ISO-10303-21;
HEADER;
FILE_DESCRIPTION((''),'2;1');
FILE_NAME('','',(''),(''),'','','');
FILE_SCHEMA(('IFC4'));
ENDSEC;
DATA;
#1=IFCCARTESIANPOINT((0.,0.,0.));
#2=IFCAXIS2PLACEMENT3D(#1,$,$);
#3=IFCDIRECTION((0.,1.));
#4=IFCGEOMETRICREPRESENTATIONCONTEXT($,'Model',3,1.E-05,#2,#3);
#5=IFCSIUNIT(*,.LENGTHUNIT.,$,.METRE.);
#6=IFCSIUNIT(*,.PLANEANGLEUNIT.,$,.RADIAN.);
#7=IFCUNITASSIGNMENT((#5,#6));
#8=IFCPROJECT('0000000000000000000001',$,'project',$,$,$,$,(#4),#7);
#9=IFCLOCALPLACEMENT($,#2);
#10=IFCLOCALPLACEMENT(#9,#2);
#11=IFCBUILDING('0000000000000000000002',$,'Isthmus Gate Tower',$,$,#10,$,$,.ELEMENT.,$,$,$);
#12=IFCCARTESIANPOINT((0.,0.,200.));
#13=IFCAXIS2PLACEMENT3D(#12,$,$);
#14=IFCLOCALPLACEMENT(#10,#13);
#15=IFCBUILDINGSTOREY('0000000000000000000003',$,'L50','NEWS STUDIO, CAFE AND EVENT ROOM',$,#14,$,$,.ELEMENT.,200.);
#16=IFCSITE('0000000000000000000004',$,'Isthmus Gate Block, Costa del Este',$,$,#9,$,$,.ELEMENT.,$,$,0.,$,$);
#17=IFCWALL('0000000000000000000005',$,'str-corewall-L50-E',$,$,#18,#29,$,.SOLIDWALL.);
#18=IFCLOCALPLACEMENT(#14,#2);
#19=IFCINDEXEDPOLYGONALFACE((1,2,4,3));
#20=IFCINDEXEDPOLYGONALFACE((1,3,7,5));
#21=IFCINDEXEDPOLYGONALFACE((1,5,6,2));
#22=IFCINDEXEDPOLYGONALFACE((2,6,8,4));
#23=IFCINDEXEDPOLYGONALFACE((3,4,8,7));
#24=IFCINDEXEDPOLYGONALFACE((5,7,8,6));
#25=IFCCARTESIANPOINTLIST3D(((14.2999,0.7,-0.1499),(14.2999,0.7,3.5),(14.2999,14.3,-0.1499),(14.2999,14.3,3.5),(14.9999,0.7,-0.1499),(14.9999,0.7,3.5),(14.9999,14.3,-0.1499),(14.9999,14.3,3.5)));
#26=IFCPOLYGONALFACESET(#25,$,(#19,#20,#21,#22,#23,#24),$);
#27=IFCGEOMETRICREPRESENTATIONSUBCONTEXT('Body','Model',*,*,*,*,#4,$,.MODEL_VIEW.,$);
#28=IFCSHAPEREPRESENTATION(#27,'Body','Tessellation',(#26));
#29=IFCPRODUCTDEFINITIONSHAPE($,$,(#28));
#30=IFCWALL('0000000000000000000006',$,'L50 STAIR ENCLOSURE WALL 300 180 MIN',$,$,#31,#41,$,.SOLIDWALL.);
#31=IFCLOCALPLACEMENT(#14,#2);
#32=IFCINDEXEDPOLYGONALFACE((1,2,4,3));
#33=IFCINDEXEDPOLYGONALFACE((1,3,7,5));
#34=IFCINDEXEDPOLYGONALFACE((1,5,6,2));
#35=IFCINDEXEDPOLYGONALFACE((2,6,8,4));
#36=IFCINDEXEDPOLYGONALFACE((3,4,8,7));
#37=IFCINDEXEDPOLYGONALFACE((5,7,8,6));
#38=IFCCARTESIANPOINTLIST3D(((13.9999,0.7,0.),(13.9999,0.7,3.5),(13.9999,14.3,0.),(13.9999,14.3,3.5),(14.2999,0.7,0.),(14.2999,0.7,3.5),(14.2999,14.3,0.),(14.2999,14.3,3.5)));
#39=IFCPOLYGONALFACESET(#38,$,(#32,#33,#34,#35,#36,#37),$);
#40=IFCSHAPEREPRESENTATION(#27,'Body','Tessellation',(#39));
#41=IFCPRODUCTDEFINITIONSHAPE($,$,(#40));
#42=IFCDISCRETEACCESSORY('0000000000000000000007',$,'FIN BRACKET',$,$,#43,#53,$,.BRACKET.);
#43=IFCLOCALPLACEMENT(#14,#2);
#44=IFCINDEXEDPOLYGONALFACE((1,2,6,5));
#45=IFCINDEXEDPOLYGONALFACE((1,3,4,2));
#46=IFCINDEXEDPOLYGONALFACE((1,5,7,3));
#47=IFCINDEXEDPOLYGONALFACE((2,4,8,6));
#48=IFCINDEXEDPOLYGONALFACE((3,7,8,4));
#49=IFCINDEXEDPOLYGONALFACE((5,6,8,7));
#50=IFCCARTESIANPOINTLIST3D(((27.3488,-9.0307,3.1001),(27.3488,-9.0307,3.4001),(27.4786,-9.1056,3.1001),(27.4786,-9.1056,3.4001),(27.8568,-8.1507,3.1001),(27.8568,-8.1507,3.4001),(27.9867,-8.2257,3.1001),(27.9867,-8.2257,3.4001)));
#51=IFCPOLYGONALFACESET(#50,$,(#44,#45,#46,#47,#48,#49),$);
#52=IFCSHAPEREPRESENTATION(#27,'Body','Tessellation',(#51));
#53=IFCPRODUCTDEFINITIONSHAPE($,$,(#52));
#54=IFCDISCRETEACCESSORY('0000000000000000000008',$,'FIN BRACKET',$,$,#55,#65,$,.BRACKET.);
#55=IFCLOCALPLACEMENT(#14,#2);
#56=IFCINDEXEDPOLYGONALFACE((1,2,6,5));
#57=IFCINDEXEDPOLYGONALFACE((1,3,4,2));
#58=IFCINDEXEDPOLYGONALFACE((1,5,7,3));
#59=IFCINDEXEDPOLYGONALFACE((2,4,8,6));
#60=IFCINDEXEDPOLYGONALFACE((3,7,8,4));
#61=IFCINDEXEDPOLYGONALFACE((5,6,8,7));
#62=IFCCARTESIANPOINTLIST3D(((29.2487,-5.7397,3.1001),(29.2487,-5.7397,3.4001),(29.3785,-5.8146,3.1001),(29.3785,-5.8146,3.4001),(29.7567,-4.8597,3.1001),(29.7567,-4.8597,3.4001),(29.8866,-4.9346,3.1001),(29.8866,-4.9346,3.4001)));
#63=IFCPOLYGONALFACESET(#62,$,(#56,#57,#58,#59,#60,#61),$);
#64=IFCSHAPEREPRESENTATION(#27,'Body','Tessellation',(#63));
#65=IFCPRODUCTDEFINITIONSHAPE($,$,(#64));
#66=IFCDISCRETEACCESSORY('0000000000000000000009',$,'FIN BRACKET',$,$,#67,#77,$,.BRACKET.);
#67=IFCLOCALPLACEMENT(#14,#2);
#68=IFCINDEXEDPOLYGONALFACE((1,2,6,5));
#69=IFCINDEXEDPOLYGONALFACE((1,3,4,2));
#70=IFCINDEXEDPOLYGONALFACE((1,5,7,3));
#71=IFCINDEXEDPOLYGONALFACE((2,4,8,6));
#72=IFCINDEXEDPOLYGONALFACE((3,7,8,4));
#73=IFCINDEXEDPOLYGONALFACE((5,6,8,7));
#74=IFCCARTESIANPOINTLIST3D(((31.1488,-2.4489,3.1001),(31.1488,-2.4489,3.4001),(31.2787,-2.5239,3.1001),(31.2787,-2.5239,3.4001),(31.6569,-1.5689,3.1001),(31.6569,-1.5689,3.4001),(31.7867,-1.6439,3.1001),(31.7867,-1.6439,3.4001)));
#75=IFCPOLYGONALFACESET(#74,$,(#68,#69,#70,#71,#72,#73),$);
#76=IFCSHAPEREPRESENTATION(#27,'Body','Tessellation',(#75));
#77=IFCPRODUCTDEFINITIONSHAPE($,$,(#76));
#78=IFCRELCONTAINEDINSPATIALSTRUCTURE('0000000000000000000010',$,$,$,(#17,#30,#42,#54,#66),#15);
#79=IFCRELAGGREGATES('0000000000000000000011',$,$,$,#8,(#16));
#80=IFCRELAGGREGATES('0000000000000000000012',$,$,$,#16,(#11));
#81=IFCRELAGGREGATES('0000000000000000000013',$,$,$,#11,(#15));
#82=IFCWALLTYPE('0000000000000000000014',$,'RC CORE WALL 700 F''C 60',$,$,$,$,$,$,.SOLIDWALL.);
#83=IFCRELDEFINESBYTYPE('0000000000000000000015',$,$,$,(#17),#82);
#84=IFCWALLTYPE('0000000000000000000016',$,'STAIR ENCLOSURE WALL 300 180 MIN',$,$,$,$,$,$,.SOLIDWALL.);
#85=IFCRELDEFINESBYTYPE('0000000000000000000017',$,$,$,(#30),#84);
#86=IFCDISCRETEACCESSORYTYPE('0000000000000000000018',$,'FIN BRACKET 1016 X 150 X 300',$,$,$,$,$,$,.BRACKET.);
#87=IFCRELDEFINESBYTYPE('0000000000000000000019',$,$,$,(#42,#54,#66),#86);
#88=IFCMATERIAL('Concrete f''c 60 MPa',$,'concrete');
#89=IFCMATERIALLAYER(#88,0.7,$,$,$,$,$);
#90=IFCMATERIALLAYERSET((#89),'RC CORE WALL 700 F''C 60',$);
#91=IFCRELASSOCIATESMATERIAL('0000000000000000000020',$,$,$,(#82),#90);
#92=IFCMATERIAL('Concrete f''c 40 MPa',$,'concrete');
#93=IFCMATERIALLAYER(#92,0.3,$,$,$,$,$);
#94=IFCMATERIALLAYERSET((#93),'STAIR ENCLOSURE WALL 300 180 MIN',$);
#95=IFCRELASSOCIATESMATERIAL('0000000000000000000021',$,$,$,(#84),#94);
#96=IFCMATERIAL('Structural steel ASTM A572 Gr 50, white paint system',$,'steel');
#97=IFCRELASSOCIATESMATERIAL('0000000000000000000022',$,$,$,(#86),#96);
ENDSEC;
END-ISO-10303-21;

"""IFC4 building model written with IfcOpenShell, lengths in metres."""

from ifc_helpers import new_model, si_unit, direction, frame, frame_2d, origin, origin_2d, place, context, subcontext, project, spatial, rectangle, extrude, material, layer, layer_set, type_object, element, save


model = new_model("IFC4")

# Units and contexts
model_context = context("Model", 3, precision=1e-05, world=origin(), true_north=direction((0.0, 1.0)))
body_context = subcontext(model_context, "Body", "Model", "MODEL_VIEW")
ifc_project = project(units=[si_unit("LENGTHUNIT", "METRE"), si_unit("PLANEANGLEUNIT", "RADIAN")], contexts=[model_context])

# Site, building, storey
site_placement = place(None, origin())
site = spatial("IfcSite", under=ifc_project, at=site_placement, Name="Isthmus Gate Block, Costa del Este", CompositionType="ELEMENT", RefElevation=0.0)
building_placement = place(site_placement, origin())
building = spatial("IfcBuilding", under=site, at=building_placement, Name="Isthmus Gate Tower", CompositionType="ELEMENT")
storey_placement = place(building_placement, frame((0.0, 0.0, 200.0)))
storey = spatial("IfcBuildingStorey", under=building, at=storey_placement, Name="L50", Description="NEWS STUDIO, CAFE AND EVENT ROOM", CompositionType="ELEMENT", Elevation=200.0)

# Walls
ifc_material_1 = material(Name="Concrete f'c 60 MPa", Category="concrete")
ifc_layer_1 = layer(ifc_material_1, 0.7)
ifc_layer_set_1 = layer_set([ifc_layer_1], Name="RC CORE WALL 700 F'C 60")
wall_type_1 = type_object("IfcWallType", Name="RC CORE WALL 700 F'C 60", PredefinedType="SOLIDWALL", material=ifc_layer_set_1)
wall_1_placement = place(storey_placement, frame((14.6499, 0.7, -0.1499), z_axis=(0.0, 0.0, 1.0), x_axis=(0.0, 1.0, 0.0)))
element("IfcWall", 1, at=wall_1_placement, inside=storey, type_object=wall_type_1, Name="str-corewall-L50-E", PredefinedType="SOLIDWALL", context=body_context, shape_type="SweptSolid", body=[
    extrude(rectangle(XDim=13.6001, YDim=0.7, at=frame_2d((6.8, 0.0))), origin(), (0.0, 0.0, 1.0), 3.6499),
])
ifc_material_2 = material(Name="Concrete f'c 40 MPa", Category="concrete")
ifc_layer_2 = layer(ifc_material_2, 0.3)
ifc_layer_set_2 = layer_set([ifc_layer_2], Name="STAIR ENCLOSURE WALL 300 180 MIN")
wall_type_2 = type_object("IfcWallType", Name="STAIR ENCLOSURE WALL 300 180 MIN", PredefinedType="SOLIDWALL", material=ifc_layer_set_2)
wall_2_placement = place(storey_placement, frame((14.1499, 0.7, 0.0), z_axis=(0.0, 0.0, 1.0), x_axis=(0.0, 1.0, 0.0)))
element("IfcWall", 2, at=wall_2_placement, inside=storey, type_object=wall_type_2, Name="L50 STAIR ENCLOSURE WALL 300 180 MIN", PredefinedType="SOLIDWALL", context=body_context, shape_type="SweptSolid", body=[
    extrude(rectangle(XDim=13.6001, YDim=0.3, at=frame_2d((6.8, 0.0))), origin(), (0.0, 0.0, 1.0), 3.5),
])

# Discrete accessories
ifc_material_3 = material(Name="Structural steel ASTM A572 Gr 50, white paint system", Category="steel")
discrete_accessory_type = type_object("IfcDiscreteAccessoryType", Name="FIN BRACKET 1016 X 150 X 300", PredefinedType="BRACKET", material=ifc_material_3)
for number, where, z_axis, x_axis, name in (
    (3, (27.6677, -8.6282, 3.1001), (0.0, 0.0, 1.0), (0.866025, -0.5, 0.0), "FIN BRACKET"),
    (4, (29.5676, -5.3372, 3.1001), (0.0, 0.0, 1.0), (0.866025, -0.5, 0.0), "FIN BRACKET"),
    (5, (31.4678, -2.0464, 3.1001), (0.0, 0.0, 1.0), (0.866025, -0.5, 0.0), "FIN BRACKET"),
):
    element("IfcDiscreteAccessory", number, at=place(storey_placement, frame(where, z_axis=z_axis, x_axis=x_axis)), inside=storey, type_object=discrete_accessory_type, Name=name, PredefinedType="BRACKET", context=body_context, shape_type="SweptSolid", body=[
        extrude(rectangle(XDim=0.1499, YDim=1.0161, at=origin_2d()), origin(), (0.0, 0.0, 1.0), 0.3),
    ])

save(model, "model.ifc")
